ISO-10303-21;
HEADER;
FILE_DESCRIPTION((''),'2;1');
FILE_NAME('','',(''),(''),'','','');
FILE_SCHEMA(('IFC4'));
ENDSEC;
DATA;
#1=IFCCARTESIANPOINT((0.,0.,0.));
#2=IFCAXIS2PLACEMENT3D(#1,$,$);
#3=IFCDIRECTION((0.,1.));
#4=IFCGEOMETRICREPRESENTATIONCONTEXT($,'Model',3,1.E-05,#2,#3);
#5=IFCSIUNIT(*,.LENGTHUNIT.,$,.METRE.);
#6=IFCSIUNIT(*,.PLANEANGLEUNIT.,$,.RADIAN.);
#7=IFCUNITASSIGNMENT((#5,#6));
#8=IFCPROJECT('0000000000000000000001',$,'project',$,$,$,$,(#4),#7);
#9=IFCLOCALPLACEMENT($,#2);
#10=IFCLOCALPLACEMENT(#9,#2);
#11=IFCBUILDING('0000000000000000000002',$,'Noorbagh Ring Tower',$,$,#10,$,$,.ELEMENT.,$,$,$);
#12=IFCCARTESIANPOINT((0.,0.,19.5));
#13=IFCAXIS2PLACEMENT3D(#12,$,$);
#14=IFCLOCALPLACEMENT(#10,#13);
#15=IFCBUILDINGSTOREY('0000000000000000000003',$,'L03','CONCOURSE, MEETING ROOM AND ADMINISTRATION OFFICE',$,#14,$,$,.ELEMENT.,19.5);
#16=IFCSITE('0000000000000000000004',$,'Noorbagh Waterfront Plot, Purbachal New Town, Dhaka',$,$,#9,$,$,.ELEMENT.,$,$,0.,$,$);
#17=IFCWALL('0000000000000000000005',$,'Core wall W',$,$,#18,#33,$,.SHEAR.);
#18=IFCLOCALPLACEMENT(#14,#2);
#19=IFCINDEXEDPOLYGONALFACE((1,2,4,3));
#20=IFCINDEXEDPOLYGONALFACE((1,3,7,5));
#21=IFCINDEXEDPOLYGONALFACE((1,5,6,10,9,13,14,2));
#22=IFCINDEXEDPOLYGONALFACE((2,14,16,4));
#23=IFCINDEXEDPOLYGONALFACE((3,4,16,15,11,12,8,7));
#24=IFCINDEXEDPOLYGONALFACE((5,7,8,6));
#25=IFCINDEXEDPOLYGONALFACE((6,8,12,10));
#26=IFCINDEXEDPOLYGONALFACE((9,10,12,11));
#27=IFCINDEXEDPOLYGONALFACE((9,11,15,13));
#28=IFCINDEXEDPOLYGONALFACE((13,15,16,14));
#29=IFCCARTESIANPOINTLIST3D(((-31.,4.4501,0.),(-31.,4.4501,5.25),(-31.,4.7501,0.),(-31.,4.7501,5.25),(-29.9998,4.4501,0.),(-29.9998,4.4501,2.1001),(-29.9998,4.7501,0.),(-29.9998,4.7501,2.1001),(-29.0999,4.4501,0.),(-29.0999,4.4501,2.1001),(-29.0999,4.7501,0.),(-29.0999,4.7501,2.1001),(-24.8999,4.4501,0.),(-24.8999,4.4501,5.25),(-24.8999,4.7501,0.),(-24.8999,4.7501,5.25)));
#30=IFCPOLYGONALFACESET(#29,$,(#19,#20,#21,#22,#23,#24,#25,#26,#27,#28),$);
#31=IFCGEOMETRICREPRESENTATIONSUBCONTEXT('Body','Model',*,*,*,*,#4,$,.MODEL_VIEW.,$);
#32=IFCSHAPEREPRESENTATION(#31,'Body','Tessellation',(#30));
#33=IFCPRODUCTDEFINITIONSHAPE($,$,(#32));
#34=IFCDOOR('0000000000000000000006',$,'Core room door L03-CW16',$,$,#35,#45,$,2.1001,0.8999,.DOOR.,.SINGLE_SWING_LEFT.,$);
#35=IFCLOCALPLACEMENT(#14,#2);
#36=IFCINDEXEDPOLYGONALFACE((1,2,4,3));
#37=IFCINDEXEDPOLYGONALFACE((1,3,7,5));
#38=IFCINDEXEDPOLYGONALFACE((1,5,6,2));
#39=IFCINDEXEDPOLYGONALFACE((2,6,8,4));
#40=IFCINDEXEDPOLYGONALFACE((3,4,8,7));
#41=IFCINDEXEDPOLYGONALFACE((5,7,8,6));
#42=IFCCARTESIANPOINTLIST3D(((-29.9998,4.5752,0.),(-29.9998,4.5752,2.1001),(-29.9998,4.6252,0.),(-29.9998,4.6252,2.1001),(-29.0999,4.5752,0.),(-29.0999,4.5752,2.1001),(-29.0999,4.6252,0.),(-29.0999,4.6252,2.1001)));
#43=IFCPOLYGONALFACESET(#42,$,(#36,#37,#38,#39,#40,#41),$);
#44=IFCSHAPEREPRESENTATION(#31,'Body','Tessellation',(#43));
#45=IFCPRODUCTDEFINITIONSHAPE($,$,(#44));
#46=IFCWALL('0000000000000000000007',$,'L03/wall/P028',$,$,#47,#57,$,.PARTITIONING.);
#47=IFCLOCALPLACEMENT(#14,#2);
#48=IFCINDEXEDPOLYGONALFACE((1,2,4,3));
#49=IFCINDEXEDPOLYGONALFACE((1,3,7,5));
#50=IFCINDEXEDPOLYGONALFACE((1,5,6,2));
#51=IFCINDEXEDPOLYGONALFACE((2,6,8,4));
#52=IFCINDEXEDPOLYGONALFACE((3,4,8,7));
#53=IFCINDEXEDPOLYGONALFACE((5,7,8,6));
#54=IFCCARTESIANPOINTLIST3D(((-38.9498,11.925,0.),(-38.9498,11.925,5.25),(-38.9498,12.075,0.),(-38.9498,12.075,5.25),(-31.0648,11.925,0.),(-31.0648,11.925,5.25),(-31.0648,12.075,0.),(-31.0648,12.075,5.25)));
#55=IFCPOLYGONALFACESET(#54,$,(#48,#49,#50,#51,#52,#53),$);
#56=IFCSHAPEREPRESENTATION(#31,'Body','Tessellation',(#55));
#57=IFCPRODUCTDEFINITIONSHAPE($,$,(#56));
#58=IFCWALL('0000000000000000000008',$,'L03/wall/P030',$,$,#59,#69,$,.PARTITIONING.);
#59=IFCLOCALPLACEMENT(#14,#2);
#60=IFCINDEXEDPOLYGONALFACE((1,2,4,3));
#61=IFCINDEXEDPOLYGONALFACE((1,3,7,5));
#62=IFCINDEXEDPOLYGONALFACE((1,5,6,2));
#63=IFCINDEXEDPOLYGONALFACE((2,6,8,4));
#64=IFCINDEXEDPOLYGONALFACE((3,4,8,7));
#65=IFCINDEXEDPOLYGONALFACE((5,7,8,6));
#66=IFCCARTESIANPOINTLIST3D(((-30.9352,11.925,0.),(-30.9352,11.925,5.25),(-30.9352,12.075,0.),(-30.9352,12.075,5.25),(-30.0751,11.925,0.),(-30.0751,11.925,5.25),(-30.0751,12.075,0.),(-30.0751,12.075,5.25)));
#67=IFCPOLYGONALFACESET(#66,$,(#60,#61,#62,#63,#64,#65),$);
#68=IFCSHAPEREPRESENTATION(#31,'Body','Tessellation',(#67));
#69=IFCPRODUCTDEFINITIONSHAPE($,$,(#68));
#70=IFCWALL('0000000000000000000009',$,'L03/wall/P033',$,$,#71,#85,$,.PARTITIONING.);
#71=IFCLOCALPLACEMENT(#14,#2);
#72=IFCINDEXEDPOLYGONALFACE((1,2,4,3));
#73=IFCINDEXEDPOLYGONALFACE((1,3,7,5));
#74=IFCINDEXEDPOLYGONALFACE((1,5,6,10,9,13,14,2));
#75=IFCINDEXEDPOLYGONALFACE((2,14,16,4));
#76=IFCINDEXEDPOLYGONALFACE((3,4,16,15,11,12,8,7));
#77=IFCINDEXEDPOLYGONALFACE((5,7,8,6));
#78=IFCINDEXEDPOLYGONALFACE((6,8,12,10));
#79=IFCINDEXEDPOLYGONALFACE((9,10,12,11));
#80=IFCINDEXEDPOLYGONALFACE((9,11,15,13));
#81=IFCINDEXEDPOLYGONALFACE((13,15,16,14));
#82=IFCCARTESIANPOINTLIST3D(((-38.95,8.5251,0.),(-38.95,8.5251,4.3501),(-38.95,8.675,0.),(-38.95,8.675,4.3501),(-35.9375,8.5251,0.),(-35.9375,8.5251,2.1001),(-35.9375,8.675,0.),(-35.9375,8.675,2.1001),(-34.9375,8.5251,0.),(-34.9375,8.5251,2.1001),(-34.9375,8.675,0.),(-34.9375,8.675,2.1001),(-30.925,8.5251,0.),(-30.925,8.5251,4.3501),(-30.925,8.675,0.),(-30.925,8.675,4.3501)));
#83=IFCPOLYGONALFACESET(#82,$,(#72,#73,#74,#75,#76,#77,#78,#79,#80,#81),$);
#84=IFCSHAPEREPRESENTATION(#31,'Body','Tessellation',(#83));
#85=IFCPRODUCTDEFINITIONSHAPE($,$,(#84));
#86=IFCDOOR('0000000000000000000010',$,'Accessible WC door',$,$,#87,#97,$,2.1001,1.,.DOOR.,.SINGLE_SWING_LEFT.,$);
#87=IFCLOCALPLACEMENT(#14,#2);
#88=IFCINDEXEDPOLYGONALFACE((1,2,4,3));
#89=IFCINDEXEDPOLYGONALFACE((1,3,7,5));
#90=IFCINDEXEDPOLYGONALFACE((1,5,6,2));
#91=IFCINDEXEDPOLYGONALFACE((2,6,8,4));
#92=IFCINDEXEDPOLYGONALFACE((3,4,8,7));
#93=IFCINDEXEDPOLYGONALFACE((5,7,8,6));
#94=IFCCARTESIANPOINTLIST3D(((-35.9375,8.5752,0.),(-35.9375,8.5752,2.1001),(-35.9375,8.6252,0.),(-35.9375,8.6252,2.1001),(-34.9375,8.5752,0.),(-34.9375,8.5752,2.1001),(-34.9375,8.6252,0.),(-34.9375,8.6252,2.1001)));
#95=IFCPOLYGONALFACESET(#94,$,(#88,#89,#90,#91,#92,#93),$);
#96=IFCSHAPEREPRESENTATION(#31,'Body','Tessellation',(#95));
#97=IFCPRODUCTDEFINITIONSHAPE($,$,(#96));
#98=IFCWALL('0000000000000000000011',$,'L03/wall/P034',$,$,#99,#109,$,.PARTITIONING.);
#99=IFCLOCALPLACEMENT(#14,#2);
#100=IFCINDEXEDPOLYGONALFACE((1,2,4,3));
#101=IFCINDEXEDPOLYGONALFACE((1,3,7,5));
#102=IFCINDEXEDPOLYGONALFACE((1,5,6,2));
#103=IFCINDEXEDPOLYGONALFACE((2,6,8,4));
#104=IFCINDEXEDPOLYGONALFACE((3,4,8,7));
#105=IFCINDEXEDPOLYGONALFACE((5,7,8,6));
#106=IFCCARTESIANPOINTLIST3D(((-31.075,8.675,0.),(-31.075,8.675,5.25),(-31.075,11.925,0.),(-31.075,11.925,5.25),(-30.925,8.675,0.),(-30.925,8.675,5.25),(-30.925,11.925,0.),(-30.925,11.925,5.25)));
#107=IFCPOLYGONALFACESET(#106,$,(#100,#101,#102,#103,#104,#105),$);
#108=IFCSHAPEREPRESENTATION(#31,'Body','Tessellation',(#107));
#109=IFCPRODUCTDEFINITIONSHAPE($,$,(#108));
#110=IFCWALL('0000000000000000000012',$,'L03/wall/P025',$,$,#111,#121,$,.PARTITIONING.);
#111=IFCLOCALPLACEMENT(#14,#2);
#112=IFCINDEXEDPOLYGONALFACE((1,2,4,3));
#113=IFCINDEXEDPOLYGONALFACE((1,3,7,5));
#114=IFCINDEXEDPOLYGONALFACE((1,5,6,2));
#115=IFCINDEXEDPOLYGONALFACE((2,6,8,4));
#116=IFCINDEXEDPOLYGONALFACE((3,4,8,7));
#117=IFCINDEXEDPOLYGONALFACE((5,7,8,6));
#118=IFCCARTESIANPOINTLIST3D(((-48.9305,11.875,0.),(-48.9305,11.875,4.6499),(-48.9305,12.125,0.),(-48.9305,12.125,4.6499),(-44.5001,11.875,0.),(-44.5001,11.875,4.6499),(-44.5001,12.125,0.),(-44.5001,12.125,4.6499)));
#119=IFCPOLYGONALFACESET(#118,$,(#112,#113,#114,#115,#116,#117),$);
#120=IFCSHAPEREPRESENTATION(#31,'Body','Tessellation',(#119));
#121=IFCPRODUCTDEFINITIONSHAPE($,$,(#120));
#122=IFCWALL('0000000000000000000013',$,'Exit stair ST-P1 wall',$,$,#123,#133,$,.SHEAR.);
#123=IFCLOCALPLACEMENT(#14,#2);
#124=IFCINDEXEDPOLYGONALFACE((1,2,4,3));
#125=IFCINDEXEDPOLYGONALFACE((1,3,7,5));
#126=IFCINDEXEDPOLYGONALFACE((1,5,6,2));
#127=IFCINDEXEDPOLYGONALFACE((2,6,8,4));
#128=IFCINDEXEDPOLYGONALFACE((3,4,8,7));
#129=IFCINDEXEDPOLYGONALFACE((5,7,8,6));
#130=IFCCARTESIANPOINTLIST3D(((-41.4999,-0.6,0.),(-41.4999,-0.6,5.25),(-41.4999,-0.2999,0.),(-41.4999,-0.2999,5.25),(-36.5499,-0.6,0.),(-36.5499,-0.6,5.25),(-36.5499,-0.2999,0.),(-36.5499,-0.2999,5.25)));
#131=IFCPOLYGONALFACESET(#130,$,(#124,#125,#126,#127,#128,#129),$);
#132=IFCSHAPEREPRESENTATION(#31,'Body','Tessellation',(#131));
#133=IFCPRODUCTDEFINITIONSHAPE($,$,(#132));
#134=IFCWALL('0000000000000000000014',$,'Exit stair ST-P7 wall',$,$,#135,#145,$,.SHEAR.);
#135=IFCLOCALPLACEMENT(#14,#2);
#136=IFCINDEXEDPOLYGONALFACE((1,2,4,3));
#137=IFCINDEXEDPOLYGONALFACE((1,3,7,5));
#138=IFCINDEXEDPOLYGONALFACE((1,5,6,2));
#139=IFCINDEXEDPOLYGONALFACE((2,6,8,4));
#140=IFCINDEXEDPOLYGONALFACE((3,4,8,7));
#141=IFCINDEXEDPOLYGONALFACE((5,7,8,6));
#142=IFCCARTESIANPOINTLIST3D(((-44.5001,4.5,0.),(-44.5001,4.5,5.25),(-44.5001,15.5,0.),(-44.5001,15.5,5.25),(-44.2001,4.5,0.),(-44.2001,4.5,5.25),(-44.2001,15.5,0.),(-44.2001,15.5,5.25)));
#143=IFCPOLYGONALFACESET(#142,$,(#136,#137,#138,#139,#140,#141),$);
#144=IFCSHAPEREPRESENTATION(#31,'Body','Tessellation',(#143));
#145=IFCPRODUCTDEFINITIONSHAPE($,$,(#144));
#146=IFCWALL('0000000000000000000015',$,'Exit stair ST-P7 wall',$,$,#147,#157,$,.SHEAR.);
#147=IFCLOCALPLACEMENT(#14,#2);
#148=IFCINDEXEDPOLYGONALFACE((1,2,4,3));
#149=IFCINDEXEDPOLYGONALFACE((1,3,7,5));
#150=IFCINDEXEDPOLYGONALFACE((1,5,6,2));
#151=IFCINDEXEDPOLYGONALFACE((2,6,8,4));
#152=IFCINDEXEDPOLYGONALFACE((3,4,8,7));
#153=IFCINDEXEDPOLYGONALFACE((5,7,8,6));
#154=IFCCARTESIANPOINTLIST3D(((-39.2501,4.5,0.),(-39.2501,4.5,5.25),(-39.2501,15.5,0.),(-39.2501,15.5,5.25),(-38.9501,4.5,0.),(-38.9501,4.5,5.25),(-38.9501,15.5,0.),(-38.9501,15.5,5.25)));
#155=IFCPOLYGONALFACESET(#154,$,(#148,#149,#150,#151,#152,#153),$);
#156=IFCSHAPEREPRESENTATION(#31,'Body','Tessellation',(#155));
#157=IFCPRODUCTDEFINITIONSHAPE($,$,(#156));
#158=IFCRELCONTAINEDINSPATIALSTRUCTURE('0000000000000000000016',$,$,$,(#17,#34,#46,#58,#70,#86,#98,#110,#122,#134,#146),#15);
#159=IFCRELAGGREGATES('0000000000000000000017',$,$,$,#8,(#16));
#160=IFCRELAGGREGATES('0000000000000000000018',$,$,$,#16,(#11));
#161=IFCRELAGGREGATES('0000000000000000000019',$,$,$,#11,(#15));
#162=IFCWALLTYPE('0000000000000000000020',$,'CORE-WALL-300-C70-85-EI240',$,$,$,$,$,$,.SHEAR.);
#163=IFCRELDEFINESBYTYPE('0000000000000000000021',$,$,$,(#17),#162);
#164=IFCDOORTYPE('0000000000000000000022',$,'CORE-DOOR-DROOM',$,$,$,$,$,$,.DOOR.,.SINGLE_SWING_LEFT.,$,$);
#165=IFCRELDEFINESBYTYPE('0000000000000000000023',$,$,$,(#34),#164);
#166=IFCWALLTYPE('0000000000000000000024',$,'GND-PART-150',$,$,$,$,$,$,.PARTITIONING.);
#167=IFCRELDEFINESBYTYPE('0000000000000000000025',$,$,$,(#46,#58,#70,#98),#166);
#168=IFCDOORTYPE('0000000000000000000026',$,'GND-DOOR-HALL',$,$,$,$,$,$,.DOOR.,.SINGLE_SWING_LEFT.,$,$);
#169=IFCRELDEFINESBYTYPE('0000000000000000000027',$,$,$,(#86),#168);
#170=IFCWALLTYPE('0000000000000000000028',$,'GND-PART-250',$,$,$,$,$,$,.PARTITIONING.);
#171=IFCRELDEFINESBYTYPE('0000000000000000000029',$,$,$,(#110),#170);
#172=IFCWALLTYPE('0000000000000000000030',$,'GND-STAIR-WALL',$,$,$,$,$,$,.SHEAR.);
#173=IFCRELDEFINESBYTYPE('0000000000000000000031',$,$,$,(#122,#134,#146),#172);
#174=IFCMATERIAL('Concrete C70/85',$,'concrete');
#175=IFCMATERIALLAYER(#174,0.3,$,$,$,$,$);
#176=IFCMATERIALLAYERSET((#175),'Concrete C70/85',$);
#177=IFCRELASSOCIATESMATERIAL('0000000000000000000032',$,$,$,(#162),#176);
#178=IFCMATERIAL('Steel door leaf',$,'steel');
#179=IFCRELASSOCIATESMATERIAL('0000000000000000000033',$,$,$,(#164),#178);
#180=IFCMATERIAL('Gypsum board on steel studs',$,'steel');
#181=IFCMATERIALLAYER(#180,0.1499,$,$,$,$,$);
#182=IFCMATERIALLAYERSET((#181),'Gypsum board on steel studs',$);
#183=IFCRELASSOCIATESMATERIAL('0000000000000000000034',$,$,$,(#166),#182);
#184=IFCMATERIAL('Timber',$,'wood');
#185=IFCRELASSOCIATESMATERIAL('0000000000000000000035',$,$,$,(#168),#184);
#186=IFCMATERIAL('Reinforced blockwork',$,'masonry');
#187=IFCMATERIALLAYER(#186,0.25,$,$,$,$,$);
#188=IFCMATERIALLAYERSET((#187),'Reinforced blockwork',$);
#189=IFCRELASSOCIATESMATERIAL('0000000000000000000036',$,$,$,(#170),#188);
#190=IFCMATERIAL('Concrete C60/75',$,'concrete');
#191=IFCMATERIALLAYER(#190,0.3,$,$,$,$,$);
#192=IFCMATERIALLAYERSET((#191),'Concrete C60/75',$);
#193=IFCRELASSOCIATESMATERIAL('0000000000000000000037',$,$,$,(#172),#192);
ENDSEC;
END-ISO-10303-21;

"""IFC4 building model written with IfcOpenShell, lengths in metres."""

from ifc_helpers import new_model, si_unit, direction, frame, frame_2d, origin, place, context, subcontext, project, spatial, rectangle, extrude, material, layer, layer_set, type_object, element, fill, save


model = new_model("IFC4")

# Units and contexts
model_context = context("Model", 3, precision=1e-05, world=origin(), true_north=direction((0.0, 1.0)))
body_context = subcontext(model_context, "Body", "Model", "MODEL_VIEW")
ifc_project = project(units=[si_unit("LENGTHUNIT", "METRE"), si_unit("PLANEANGLEUNIT", "RADIAN")], contexts=[model_context])

# Site, building, storey
site_placement = place(None, origin())
site = spatial("IfcSite", under=ifc_project, at=site_placement, Name="Noorbagh Waterfront Plot, Purbachal New Town, Dhaka", CompositionType="ELEMENT", RefElevation=0.0)
building_placement = place(site_placement, origin())
building = spatial("IfcBuilding", under=site, at=building_placement, Name="Noorbagh Ring Tower", CompositionType="ELEMENT")
storey_placement = place(building_placement, frame((0.0, 0.0, 19.5)))
storey = spatial("IfcBuildingStorey", under=building, at=storey_placement, Name="L03", Description="CONCOURSE, MEETING ROOM AND ADMINISTRATION OFFICE", CompositionType="ELEMENT", Elevation=19.5)

# Wall, opening, door
ifc_material_1 = material(Name="Concrete C70/85", Category="concrete")
ifc_layer_1 = layer(ifc_material_1, 0.3)
ifc_layer_set_1 = layer_set([ifc_layer_1], Name="Concrete C70/85")
wall_type_1 = type_object("IfcWallType", Name="CORE-WALL-300-C70-85-EI240", PredefinedType="SHEAR", material=ifc_layer_set_1)
wall_1_placement = place(storey_placement, frame((-24.8999, 4.6001, 0.0), z_axis=(0.0, 0.0, 1.0), x_axis=(-1.0, 0.0, 0.0)))
wall_1 = element("IfcWall", 1, at=wall_1_placement, inside=storey, type_object=wall_type_1, Name="Core wall W", PredefinedType="SHEAR", context=body_context, shape_type="SweptSolid", body=[
    extrude(rectangle(XDim=6.1001, YDim=0.3, at=frame_2d((3.05, 0.0))), origin(), (0.0, 0.0, 1.0), 5.25),
])
opening_1_placement = place(wall_1_placement, frame((4.2, 0.0, 0.0)))
opening_1 = element("IfcOpeningElement", 2, at=opening_1_placement, cuts=wall_1, PredefinedType="OPENING", context=body_context, shape_type="SweptSolid", body=[
    extrude(rectangle(XDim=0.8999, YDim=2.1001, at=frame_2d((0.45, 1.05))), frame((0.0, 0.1602, 0.0), z_axis=(0.0, -1.0, 0.0), x_axis=(1.0, 0.0, 0.0)), (0.0, 0.0, 1.0), 0.3201),
])
ifc_material_2 = material(Name="Steel door leaf", Category="steel")
door_type_1 = type_object("IfcDoorType", Name="CORE-DOOR-DROOM", OperationType="SINGLE_SWING_LEFT", PredefinedType="DOOR", material=ifc_material_2)
door_1_placement = place(opening_1_placement, origin())
door_1 = element("IfcDoor", 3, at=door_1_placement, inside=storey, type_object=door_type_1, Name="Core room door L03-CW16", OperationType="SINGLE_SWING_LEFT", OverallHeight=2.1001, OverallWidth=0.8999, PredefinedType="DOOR", context=body_context, shape_type="SweptSolid", body=[
    extrude(rectangle(XDim=0.8999, YDim=2.1001, at=frame_2d((0.45, 1.05))), frame((0.0, 0.0249, 0.0), z_axis=(0.0, -1.0, 0.0), x_axis=(1.0, 0.0, 0.0)), (0.0, 0.0, 1.0), 0.05),
])
fill(opening_1, door_1)

# Walls
ifc_material_3 = material(Name="Gypsum board on steel studs", Category="steel")
ifc_layer_2 = layer(ifc_material_3, 0.1499)
ifc_layer_set_2 = layer_set([ifc_layer_2], Name="Gypsum board on steel studs")
wall_type_2 = type_object("IfcWallType", Name="GND-PART-150", PredefinedType="PARTITIONING", material=ifc_layer_set_2)
wall_2_placement = place(storey_placement, frame((-31.0649, 12.0, 0.0), z_axis=(0.0, 0.0, 1.0), x_axis=(-1.0, 0.0, 0.0)))
element("IfcWall", 4, at=wall_2_placement, inside=storey, type_object=wall_type_2, Name="L03/wall/P028", PredefinedType="PARTITIONING", context=body_context, shape_type="SweptSolid", body=[
    extrude(rectangle(XDim=7.885, YDim=0.1499, at=frame_2d((3.9424, 0.0))), origin(), (0.0, 0.0, 1.0), 5.25),
])
wall_3_placement = place(storey_placement, frame((-30.075, 12.0, 0.0), z_axis=(0.0, 0.0, 1.0), x_axis=(-1.0, 0.0, 0.0)))
element("IfcWall", 5, at=wall_3_placement, inside=storey, type_object=wall_type_2, Name="L03/wall/P030", PredefinedType="PARTITIONING", context=body_context, shape_type="SweptSolid", body=[
    extrude(rectangle(XDim=0.8601, YDim=0.1499, at=frame_2d((0.4302, 0.0))), origin(), (0.0, 0.0, 1.0), 5.25),
])

# Wall, opening, door
wall_4_placement = place(storey_placement, frame((-30.925, 8.6001, 0.0), z_axis=(0.0, 0.0, 1.0), x_axis=(-1.0, 0.0, 0.0)))
wall_4 = element("IfcWall", 6, at=wall_4_placement, inside=storey, type_object=wall_type_2, Name="L03/wall/P033", PredefinedType="PARTITIONING", context=body_context, shape_type="SweptSolid", body=[
    extrude(rectangle(XDim=8.0249, YDim=0.1499, at=frame_2d((4.0125, 0.0))), origin(), (0.0, 0.0, 1.0), 4.3501),
])
opening_2_placement = place(wall_4_placement, frame((4.0125, 0.0, 0.0)))
opening_2 = element("IfcOpeningElement", 7, at=opening_2_placement, cuts=wall_4, PredefinedType="OPENING", context=body_context, shape_type="SweptSolid", body=[
    extrude(rectangle(XDim=1.0, YDim=2.1001, at=frame_2d((0.5, 1.05))), frame((0.0, 0.085, 0.0), z_axis=(0.0, -1.0, 0.0), x_axis=(1.0, 0.0, 0.0)), (0.0, 0.0, 1.0), 0.1699),
])
ifc_material_4 = material(Name="Timber", Category="wood")
door_type_2 = type_object("IfcDoorType", Name="GND-DOOR-HALL", OperationType="SINGLE_SWING_LEFT", PredefinedType="DOOR", material=ifc_material_4)
door_2_placement = place(opening_2_placement, origin())
door_2 = element("IfcDoor", 8, at=door_2_placement, inside=storey, type_object=door_type_2, Name="Accessible WC door", OperationType="SINGLE_SWING_LEFT", OverallHeight=2.1001, OverallWidth=1.0, PredefinedType="DOOR", context=body_context, shape_type="SweptSolid", body=[
    extrude(rectangle(XDim=1.0, YDim=2.1001, at=frame_2d((0.5, 1.05))), frame((0.0, 0.0249, 0.0), z_axis=(0.0, -1.0, 0.0), x_axis=(1.0, 0.0, 0.0)), (0.0, 0.0, 1.0), 0.05),
])
fill(opening_2, door_2)

# Walls
wall_5_placement = place(storey_placement, frame((-31.0, 11.925, 0.0), z_axis=(0.0, 0.0, 1.0), x_axis=(0.0, -1.0, 0.0)))
element("IfcWall", 9, at=wall_5_placement, inside=storey, type_object=wall_type_2, Name="L03/wall/P034", PredefinedType="PARTITIONING", context=body_context, shape_type="SweptSolid", body=[
    extrude(rectangle(XDim=3.25, YDim=0.1499, at=frame_2d((1.625, 0.0))), origin(), (0.0, 0.0, 1.0), 5.25),
])
ifc_material_5 = material(Name="Reinforced blockwork", Category="masonry")
ifc_layer_3 = layer(ifc_material_5, 0.25)
ifc_layer_set_3 = layer_set([ifc_layer_3], Name="Reinforced blockwork")
wall_type_3 = type_object("IfcWallType", Name="GND-PART-250", PredefinedType="PARTITIONING", material=ifc_layer_set_3)
wall_6_placement = place(storey_placement, frame((-44.5, 12.0, 0.0), z_axis=(0.0, 0.0, 1.0), x_axis=(-1.0, 0.0, 0.0)))
element("IfcWall", 10, at=wall_6_placement, inside=storey, type_object=wall_type_3, Name="L03/wall/P025", PredefinedType="PARTITIONING", context=body_context, shape_type="SweptSolid", body=[
    extrude(rectangle(XDim=4.4304, YDim=0.25, at=frame_2d((2.2153, 0.0))), origin(), (0.0, 0.0, 1.0), 4.6499),
])
ifc_material_6 = material(Name="Concrete C60/75", Category="concrete")
ifc_layer_4 = layer(ifc_material_6, 0.3)
ifc_layer_set_4 = layer_set([ifc_layer_4], Name="Concrete C60/75")
wall_type_4 = type_object("IfcWallType", Name="GND-STAIR-WALL", PredefinedType="SHEAR", material=ifc_layer_set_4)
wall_7_placement = place(storey_placement, frame((-41.5, -0.45, 0.0), z_axis=(0.0, 0.0, 1.0), x_axis=(1.0, 0.0, 0.0)))
element("IfcWall", 11, at=wall_7_placement, inside=storey, type_object=wall_type_4, Name="Exit stair ST-P1 wall", PredefinedType="SHEAR", context=body_context, shape_type="SweptSolid", body=[
    extrude(rectangle(XDim=4.95, YDim=0.3, at=frame_2d((2.4751, 0.0))), origin(), (0.0, 0.0, 1.0), 5.25),
])
for number, where, z_axis, x_axis, name in (
    (12, (-44.3501, 4.5, 0.0), (0.0, 0.0, 1.0), (0.0, 1.0, 0.0), "Exit stair ST-P7 wall"),
    (13, (-39.1001, 4.5, 0.0), (0.0, 0.0, 1.0), (0.0, 1.0, 0.0), "Exit stair ST-P7 wall"),
):
    element("IfcWall", number, at=place(storey_placement, frame(where, z_axis=z_axis, x_axis=x_axis)), inside=storey, type_object=wall_type_4, Name=name, PredefinedType="SHEAR", context=body_context, shape_type="SweptSolid", body=[
        extrude(rectangle(XDim=11.0, YDim=0.3, at=frame_2d((5.5, 0.0))), origin(), (0.0, 0.0, 1.0), 5.25),
    ])

save(model, "model.ifc")
